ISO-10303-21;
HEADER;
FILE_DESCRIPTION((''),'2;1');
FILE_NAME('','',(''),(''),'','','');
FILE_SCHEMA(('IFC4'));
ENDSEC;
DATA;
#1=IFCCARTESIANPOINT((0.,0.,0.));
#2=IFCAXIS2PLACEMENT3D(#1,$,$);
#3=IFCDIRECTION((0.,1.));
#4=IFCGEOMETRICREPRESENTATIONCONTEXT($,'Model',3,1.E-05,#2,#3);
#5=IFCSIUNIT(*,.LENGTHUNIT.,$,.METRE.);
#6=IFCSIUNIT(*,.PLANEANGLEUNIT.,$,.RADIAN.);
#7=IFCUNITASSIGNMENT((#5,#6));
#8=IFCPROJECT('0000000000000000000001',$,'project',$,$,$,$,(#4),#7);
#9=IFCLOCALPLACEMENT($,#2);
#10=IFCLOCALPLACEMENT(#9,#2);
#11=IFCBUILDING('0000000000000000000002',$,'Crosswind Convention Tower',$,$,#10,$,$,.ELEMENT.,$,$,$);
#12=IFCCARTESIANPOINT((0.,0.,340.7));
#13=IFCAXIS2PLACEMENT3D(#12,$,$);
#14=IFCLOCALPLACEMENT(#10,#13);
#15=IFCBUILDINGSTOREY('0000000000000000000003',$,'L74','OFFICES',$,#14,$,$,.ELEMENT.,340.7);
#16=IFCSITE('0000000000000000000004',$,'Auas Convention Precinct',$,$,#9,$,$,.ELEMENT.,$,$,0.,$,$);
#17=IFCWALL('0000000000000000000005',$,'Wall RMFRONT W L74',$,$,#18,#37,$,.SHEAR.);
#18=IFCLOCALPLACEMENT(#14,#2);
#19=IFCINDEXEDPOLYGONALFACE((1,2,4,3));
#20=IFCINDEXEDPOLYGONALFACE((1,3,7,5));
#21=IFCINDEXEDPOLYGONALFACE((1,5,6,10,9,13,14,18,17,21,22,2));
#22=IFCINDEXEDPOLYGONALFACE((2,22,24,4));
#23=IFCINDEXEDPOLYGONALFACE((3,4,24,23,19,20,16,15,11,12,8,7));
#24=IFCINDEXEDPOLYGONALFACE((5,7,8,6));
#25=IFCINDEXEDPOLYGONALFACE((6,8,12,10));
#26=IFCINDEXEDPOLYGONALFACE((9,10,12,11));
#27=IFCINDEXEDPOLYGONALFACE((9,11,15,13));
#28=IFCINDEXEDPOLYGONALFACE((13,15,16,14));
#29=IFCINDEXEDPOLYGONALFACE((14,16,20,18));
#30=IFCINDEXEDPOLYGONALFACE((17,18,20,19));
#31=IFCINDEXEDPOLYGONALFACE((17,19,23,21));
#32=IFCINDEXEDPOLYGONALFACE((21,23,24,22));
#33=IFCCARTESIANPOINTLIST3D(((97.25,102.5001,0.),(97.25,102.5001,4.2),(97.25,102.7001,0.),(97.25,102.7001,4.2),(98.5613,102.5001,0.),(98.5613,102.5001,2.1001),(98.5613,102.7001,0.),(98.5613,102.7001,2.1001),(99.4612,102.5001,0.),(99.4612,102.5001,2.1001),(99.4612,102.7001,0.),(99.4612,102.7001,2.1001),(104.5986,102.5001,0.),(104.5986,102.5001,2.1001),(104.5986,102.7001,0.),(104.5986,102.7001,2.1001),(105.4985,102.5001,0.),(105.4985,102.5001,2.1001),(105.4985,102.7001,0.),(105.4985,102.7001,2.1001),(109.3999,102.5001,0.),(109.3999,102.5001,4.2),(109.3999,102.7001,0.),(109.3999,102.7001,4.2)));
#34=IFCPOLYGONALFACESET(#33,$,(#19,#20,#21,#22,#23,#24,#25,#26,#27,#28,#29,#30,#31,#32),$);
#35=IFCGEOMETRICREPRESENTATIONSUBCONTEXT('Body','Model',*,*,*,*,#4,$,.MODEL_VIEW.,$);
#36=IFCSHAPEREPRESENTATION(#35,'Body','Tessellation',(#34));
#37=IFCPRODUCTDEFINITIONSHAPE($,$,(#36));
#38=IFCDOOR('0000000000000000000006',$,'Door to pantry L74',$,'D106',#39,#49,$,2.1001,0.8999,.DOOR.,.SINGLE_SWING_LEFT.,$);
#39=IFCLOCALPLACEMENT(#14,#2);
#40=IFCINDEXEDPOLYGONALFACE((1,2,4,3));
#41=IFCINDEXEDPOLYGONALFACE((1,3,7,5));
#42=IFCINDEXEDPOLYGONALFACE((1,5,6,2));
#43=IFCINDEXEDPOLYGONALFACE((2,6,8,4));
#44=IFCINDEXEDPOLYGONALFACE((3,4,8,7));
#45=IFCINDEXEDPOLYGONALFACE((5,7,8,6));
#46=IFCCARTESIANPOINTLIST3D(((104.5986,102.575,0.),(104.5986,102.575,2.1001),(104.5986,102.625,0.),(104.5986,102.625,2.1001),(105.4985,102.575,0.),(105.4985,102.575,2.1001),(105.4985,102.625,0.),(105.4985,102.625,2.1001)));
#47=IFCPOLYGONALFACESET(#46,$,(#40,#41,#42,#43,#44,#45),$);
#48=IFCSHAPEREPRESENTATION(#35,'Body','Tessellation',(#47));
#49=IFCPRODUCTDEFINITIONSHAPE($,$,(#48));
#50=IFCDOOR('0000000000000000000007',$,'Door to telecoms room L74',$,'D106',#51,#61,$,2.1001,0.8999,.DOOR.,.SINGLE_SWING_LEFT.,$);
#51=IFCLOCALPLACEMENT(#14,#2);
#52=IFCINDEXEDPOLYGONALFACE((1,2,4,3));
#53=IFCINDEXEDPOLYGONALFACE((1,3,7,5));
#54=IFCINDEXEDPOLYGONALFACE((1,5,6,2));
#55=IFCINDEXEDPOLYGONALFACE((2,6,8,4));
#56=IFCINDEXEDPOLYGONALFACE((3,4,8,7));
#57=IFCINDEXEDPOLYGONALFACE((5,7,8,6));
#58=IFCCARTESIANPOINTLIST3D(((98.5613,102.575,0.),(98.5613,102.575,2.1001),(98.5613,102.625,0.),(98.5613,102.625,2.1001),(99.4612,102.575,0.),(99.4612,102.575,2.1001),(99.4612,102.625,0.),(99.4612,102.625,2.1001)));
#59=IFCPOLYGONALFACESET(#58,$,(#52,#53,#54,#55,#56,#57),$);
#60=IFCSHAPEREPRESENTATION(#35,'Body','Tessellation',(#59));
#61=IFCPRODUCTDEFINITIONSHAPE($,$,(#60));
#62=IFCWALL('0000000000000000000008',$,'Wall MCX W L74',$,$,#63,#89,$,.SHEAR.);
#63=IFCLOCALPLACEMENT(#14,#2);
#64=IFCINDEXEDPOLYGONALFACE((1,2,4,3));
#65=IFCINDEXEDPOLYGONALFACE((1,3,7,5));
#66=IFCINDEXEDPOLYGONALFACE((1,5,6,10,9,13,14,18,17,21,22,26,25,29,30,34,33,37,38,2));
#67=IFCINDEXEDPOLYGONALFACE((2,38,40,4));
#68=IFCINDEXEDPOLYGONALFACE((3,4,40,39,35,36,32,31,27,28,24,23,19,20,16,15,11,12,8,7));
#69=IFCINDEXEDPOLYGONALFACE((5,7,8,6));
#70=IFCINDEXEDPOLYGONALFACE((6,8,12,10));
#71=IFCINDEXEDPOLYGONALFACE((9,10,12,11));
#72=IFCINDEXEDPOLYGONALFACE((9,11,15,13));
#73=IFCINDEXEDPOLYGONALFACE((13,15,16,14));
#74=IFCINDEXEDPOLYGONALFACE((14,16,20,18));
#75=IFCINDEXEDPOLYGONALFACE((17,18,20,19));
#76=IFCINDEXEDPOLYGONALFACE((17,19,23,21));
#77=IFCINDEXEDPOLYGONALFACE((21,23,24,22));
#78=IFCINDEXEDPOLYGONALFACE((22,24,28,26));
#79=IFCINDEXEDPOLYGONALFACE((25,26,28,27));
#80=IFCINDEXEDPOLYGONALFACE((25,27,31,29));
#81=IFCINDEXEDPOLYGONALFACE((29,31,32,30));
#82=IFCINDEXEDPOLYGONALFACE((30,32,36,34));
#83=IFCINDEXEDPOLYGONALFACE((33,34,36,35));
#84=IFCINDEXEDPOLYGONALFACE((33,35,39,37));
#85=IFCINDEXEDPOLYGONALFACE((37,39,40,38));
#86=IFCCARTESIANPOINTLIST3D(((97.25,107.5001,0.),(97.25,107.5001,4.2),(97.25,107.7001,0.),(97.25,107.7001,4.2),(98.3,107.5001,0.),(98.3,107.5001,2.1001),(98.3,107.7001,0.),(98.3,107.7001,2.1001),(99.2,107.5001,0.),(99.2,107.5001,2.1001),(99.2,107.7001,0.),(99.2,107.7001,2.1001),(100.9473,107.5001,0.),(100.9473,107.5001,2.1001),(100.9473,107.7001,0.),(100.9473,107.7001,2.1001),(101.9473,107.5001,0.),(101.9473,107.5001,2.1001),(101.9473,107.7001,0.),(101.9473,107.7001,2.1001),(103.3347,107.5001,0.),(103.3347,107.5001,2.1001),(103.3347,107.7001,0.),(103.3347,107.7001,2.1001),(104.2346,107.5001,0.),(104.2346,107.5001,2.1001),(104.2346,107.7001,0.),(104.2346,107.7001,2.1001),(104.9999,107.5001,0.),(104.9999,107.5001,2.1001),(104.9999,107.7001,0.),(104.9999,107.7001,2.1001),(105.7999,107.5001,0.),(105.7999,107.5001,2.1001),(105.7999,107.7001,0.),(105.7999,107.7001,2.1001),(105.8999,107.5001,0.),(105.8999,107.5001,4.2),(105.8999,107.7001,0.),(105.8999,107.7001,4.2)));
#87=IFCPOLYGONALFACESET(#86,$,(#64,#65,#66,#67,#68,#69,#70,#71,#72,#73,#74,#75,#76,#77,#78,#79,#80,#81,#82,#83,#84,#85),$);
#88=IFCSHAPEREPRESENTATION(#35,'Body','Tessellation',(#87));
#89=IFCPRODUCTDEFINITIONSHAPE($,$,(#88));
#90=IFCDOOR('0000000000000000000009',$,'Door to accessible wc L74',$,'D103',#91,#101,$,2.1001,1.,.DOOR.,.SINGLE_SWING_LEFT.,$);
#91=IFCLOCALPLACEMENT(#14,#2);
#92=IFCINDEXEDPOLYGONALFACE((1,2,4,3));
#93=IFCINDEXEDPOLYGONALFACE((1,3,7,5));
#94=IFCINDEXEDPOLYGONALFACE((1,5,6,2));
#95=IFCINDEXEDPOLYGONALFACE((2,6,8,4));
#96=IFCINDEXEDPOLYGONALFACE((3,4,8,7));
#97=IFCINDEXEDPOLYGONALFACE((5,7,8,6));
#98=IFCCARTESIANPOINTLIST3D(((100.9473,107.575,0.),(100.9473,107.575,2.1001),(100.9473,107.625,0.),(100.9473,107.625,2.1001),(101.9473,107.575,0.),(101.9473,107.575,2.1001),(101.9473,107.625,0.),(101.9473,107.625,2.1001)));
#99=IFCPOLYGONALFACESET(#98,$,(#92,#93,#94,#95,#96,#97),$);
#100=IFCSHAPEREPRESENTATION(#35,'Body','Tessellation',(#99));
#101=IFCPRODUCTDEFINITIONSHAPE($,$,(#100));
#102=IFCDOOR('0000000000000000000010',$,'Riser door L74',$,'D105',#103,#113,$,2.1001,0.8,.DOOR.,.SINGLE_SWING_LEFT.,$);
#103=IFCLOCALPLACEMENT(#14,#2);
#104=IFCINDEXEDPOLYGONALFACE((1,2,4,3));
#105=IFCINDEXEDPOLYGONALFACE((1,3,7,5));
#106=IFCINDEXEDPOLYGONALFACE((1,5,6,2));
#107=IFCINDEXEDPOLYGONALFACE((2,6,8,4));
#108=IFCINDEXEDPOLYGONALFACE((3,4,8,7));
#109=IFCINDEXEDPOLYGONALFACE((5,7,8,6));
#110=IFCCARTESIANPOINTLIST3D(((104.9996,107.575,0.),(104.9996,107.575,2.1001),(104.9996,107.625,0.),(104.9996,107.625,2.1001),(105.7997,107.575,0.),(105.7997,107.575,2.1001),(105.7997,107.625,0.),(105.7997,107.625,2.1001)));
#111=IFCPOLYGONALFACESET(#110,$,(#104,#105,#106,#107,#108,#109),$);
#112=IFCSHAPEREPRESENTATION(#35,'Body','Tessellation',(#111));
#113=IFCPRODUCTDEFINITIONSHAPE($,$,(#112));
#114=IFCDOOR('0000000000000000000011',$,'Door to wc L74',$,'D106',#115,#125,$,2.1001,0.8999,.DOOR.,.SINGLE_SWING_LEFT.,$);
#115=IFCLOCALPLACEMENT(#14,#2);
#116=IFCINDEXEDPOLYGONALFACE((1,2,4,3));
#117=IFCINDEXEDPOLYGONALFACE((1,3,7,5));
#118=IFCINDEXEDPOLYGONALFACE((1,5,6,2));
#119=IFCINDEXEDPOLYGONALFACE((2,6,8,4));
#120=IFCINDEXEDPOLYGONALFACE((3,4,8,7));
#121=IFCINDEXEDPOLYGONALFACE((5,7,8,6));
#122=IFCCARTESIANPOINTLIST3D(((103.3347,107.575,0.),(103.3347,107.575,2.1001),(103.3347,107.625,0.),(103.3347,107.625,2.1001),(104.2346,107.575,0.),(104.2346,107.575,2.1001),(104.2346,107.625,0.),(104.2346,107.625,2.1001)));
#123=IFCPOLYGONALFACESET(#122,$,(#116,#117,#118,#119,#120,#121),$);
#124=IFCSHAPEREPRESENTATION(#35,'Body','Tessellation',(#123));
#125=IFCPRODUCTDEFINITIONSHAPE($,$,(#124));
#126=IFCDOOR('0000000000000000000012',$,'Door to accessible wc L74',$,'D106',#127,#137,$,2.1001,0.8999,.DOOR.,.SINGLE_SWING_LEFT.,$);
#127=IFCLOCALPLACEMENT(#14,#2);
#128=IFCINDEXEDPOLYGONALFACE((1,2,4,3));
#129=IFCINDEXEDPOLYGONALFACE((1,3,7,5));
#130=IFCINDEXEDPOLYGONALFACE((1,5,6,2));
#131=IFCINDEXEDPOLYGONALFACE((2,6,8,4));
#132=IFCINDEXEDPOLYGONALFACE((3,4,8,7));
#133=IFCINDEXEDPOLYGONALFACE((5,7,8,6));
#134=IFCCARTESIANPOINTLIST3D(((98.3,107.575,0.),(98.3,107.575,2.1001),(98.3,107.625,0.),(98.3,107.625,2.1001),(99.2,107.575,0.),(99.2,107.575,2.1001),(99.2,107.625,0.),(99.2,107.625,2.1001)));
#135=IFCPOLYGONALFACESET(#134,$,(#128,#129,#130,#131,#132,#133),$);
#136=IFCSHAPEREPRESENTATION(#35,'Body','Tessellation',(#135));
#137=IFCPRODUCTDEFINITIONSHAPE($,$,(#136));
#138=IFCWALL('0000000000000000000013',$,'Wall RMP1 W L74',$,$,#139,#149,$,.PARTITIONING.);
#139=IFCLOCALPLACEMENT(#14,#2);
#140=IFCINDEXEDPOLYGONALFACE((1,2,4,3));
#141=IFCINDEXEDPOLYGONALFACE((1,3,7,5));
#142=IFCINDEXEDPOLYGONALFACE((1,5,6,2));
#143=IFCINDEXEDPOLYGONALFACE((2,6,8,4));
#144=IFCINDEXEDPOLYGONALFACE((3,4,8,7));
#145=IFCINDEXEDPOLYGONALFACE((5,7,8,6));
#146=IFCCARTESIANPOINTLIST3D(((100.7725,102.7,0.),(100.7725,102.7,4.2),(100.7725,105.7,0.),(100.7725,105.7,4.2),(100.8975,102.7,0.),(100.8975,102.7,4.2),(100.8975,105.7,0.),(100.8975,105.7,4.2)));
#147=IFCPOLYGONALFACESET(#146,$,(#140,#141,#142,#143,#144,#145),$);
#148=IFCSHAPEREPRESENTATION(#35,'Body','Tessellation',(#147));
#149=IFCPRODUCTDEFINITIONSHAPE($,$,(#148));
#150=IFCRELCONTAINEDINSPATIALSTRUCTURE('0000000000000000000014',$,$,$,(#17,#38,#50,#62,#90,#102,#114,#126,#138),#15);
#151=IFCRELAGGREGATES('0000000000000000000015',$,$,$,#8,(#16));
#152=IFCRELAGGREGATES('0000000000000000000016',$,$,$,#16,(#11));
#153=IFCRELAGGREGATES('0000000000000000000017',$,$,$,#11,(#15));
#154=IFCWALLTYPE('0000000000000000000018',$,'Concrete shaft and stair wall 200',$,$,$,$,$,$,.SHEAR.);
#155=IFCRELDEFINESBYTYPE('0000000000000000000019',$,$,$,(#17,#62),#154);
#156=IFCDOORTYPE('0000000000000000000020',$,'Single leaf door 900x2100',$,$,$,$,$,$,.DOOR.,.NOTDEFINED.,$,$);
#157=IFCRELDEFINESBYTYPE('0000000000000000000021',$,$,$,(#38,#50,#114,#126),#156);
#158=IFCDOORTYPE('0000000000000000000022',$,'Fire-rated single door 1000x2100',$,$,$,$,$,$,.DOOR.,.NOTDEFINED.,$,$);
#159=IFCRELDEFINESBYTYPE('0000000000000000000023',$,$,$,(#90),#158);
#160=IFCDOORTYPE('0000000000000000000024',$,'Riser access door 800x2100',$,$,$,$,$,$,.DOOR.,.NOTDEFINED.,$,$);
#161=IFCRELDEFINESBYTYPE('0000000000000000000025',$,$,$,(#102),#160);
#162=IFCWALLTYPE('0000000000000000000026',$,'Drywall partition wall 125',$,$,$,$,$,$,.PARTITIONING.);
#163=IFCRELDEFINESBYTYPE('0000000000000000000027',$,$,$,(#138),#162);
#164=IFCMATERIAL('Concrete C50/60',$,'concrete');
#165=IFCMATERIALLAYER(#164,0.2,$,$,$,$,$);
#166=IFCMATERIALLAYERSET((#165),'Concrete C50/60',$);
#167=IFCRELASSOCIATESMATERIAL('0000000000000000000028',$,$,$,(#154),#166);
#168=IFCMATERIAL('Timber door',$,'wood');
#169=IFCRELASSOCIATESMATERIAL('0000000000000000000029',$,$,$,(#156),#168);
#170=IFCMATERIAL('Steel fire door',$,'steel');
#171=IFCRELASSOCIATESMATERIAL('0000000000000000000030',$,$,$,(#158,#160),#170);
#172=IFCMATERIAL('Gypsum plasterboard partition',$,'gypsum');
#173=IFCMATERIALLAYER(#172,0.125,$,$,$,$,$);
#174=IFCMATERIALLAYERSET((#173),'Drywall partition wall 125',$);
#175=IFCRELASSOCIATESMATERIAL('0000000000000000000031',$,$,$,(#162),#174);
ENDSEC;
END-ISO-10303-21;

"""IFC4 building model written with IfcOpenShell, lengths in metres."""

from ifc_helpers import new_model, si_unit, direction, frame, frame_2d, origin, place, context, subcontext, project, spatial, rectangle, extrude, material, layer, layer_set, type_object, element, fill, save


model = new_model("IFC4")

# Units and contexts
model_context = context("Model", 3, precision=1e-05, world=origin(), true_north=direction((0.0, 1.0)))
body_context = subcontext(model_context, "Body", "Model", "MODEL_VIEW")
ifc_project = project(units=[si_unit("LENGTHUNIT", "METRE"), si_unit("PLANEANGLEUNIT", "RADIAN")], contexts=[model_context])

# Site, building, storey
site_placement = place(None, origin())
site = spatial("IfcSite", under=ifc_project, at=site_placement, Name="Auas Convention Precinct", CompositionType="ELEMENT", RefElevation=0.0)
building_placement = place(site_placement, origin())
building = spatial("IfcBuilding", under=site, at=building_placement, Name="Crosswind Convention Tower", CompositionType="ELEMENT")
storey_placement = place(building_placement, frame((0.0, 0.0, 340.7)))
storey = spatial("IfcBuildingStorey", under=building, at=storey_placement, Name="L74", Description="OFFICES", CompositionType="ELEMENT", Elevation=340.7)

# Shared definitions
ifc_material_1 = material(Name="Concrete C50/60", Category="concrete")
ifc_layer_1 = layer(ifc_material_1, 0.2)
ifc_layer_set_1 = layer_set([ifc_layer_1], Name="Concrete C50/60")
wall_type_1 = type_object("IfcWallType", Name="Concrete shaft and stair wall 200", PredefinedType="SHEAR", material=ifc_layer_set_1)

# Walls, openings, doors
wall_1_placement = place(storey_placement, frame((109.3999, 102.6001, 0.0), z_axis=(0.0, 0.0, 1.0), x_axis=(-1.0, 0.0, 0.0)))
wall_1 = element("IfcWall", 1, at=wall_1_placement, inside=storey, type_object=wall_type_1, Name="Wall RMFRONT W L74", PredefinedType="SHEAR", context=body_context, shape_type="SweptSolid", body=[
    extrude(rectangle(XDim=12.1499, YDim=0.2, at=frame_2d((6.075, 0.0))), origin(), (0.0, 0.0, 1.0), 4.2),
])
opening_1_placement = place(wall_1_placement, frame((3.9014, 0.0, 0.0)))
opening_1 = element("IfcOpeningElement", 2, at=opening_1_placement, cuts=wall_1, PredefinedType="OPENING", context=body_context, shape_type="SweptSolid", body=[
    extrude(rectangle(XDim=0.8999, YDim=2.1001, at=frame_2d((0.45, 1.05))), frame((0.0, 0.1099, 0.0), z_axis=(0.0, -1.0, 0.0), x_axis=(1.0, 0.0, 0.0)), (0.0, 0.0, 1.0), 0.22),
])
opening_2_placement = place(wall_1_placement, frame((9.9387, 0.0, 0.0)))
opening_2 = element("IfcOpeningElement", 3, at=opening_2_placement, cuts=wall_1, PredefinedType="OPENING", context=body_context, shape_type="SweptSolid", body=[
    extrude(rectangle(XDim=0.8999, YDim=2.1001, at=frame_2d((0.45, 1.05))), frame((0.0, 0.1099, 0.0), z_axis=(0.0, -1.0, 0.0), x_axis=(1.0, 0.0, 0.0)), (0.0, 0.0, 1.0), 0.22),
])
ifc_material_2 = material(Name="Timber door", Category="wood")
door_type_1 = type_object("IfcDoorType", Name="Single leaf door 900x2100", OperationType="NOTDEFINED", PredefinedType="DOOR", material=ifc_material_2)
door_1_placement = place(opening_1_placement, frame((0.8999, 0.0, 0.0), z_axis=(0.0, 0.0, 1.0), x_axis=(-1.0, 0.0, 0.0)))
door_1 = element("IfcDoor", 4, at=door_1_placement, inside=storey, type_object=door_type_1, Name="Door to pantry L74", ObjectType="D106", OperationType="SINGLE_SWING_LEFT", OverallHeight=2.1001, OverallWidth=0.8999, PredefinedType="DOOR", context=body_context, shape_type="SweptSolid", body=[
    extrude(rectangle(XDim=0.8999, YDim=2.1001, at=frame_2d((0.45, 1.05))), frame((0.0, 0.0249, 0.0), z_axis=(0.0, -1.0, 0.0), x_axis=(1.0, 0.0, 0.0)), (0.0, 0.0, 1.0), 0.05),
])
fill(opening_1, door_1)
door_2_placement = place(opening_2_placement, frame((0.8999, 0.0, 0.0), z_axis=(0.0, 0.0, 1.0), x_axis=(-1.0, 0.0, 0.0)))
door_2 = element("IfcDoor", 5, at=door_2_placement, inside=storey, type_object=door_type_1, Name="Door to telecoms room L74", ObjectType="D106", OperationType="SINGLE_SWING_LEFT", OverallHeight=2.1001, OverallWidth=0.8999, PredefinedType="DOOR", context=body_context, shape_type="SweptSolid", body=[
    extrude(rectangle(XDim=0.8999, YDim=2.1001, at=frame_2d((0.45, 1.05))), frame((0.0, 0.0249, 0.0), z_axis=(0.0, -1.0, 0.0), x_axis=(1.0, 0.0, 0.0)), (0.0, 0.0, 1.0), 0.05),
])
fill(opening_2, door_2)
wall_2_placement = place(storey_placement, frame((105.8999, 107.6001, 0.0), z_axis=(0.0, 0.0, 1.0), x_axis=(-1.0, 0.0, 0.0)))
wall_2 = element("IfcWall", 6, at=wall_2_placement, inside=storey, type_object=wall_type_1, Name="Wall MCX W L74", PredefinedType="SHEAR", context=body_context, shape_type="SweptSolid", body=[
    extrude(rectangle(XDim=8.6499, YDim=0.2, at=frame_2d((4.325, 0.0))), origin(), (0.0, 0.0, 1.0), 4.2),
])
opening_3_placement = place(wall_2_placement, frame((0.1001, 0.0, 0.0)))
opening_3 = element("IfcOpeningElement", 7, at=opening_3_placement, cuts=wall_2, PredefinedType="OPENING", context=body_context, shape_type="SweptSolid", body=[
    extrude(rectangle(XDim=0.8, YDim=2.1001, at=frame_2d((0.3999, 1.05))), frame((0.0, 0.1099, 0.0), z_axis=(0.0, -1.0, 0.0), x_axis=(1.0, 0.0, 0.0)), (0.0, 0.0, 1.0), 0.22),
])
opening_4_placement = place(wall_2_placement, frame((1.6653, 0.0, 0.0)))
opening_4 = element("IfcOpeningElement", 8, at=opening_4_placement, cuts=wall_2, PredefinedType="OPENING", context=body_context, shape_type="SweptSolid", body=[
    extrude(rectangle(XDim=0.8999, YDim=2.1001, at=frame_2d((0.45, 1.05))), frame((0.0, 0.1099, 0.0), z_axis=(0.0, -1.0, 0.0), x_axis=(1.0, 0.0, 0.0)), (0.0, 0.0, 1.0), 0.22),
])
opening_5_placement = place(wall_2_placement, frame((3.9526, 0.0, 0.0)))
opening_5 = element("IfcOpeningElement", 9, at=opening_5_placement, cuts=wall_2, PredefinedType="OPENING", context=body_context, shape_type="SweptSolid", body=[
    extrude(rectangle(XDim=1.0, YDim=2.1001, at=frame_2d((0.5, 1.05))), frame((0.0, 0.1099, 0.0), z_axis=(0.0, -1.0, 0.0), x_axis=(1.0, 0.0, 0.0)), (0.0, 0.0, 1.0), 0.22),
])
opening_6_placement = place(wall_2_placement, frame((6.7, 0.0, 0.0)))
opening_6 = element("IfcOpeningElement", 10, at=opening_6_placement, cuts=wall_2, PredefinedType="OPENING", context=body_context, shape_type="SweptSolid", body=[
    extrude(rectangle(XDim=0.8999, YDim=2.1001, at=frame_2d((0.45, 1.05))), frame((0.0, 0.1099, 0.0), z_axis=(0.0, -1.0, 0.0), x_axis=(1.0, 0.0, 0.0)), (0.0, 0.0, 1.0), 0.22),
])
ifc_material_3 = material(Name="Steel fire door", Category="steel")
door_type_2 = type_object("IfcDoorType", Name="Fire-rated single door 1000x2100", OperationType="NOTDEFINED", PredefinedType="DOOR", material=ifc_material_3)
door_3_placement = place(opening_5_placement, frame((1.0, 0.0, 0.0), z_axis=(0.0, 0.0, 1.0), x_axis=(-1.0, 0.0, 0.0)))
door_3 = element("IfcDoor", 11, at=door_3_placement, inside=storey, type_object=door_type_2, Name="Door to accessible wc L74", ObjectType="D103", OperationType="SINGLE_SWING_LEFT", OverallHeight=2.1001, OverallWidth=1.0, PredefinedType="DOOR", context=body_context, shape_type="SweptSolid", body=[
    extrude(rectangle(XDim=1.0, YDim=2.1001, at=frame_2d((0.5, 1.05))), frame((0.0, 0.0249, 0.0), z_axis=(0.0, -1.0, 0.0), x_axis=(1.0, 0.0, 0.0)), (0.0, 0.0, 1.0), 0.05),
])
fill(opening_5, door_3)
door_type_3 = type_object("IfcDoorType", Name="Riser access door 800x2100", OperationType="NOTDEFINED", PredefinedType="DOOR", material=ifc_material_3)
door_4_placement = place(opening_3_placement, frame((0.8, 0.0, 0.0), z_axis=(0.0, 0.0, 1.0), x_axis=(-1.0, 0.0, 0.0)))
door_4 = element("IfcDoor", 12, at=door_4_placement, inside=storey, type_object=door_type_3, Name="Riser door L74", ObjectType="D105", OperationType="SINGLE_SWING_LEFT", OverallHeight=2.1001, OverallWidth=0.8, PredefinedType="DOOR", context=body_context, shape_type="SweptSolid", body=[
    extrude(rectangle(XDim=0.8, YDim=2.1001, at=frame_2d((0.3999, 1.05))), frame((0.0, 0.0249, 0.0), z_axis=(0.0, -1.0, 0.0), x_axis=(1.0, 0.0, 0.0)), (0.0, 0.0, 1.0), 0.05),
])
fill(opening_3, door_4)
door_5_placement = place(opening_4_placement, frame((0.8999, 0.0, 0.0), z_axis=(0.0, 0.0, 1.0), x_axis=(-1.0, 0.0, 0.0)))
door_5 = element("IfcDoor", 13, at=door_5_placement, inside=storey, type_object=door_type_1, Name="Door to wc L74", ObjectType="D106", OperationType="SINGLE_SWING_LEFT", OverallHeight=2.1001, OverallWidth=0.8999, PredefinedType="DOOR", context=body_context, shape_type="SweptSolid", body=[
    extrude(rectangle(XDim=0.8999, YDim=2.1001, at=frame_2d((0.45, 1.05))), frame((0.0, 0.0249, 0.0), z_axis=(0.0, -1.0, 0.0), x_axis=(1.0, 0.0, 0.0)), (0.0, 0.0, 1.0), 0.05),
])
fill(opening_4, door_5)
door_6_placement = place(opening_6_placement, frame((0.8999, 0.0, 0.0), z_axis=(0.0, 0.0, 1.0), x_axis=(-1.0, 0.0, 0.0)))
door_6 = element("IfcDoor", 14, at=door_6_placement, inside=storey, type_object=door_type_1, Name="Door to accessible wc L74", ObjectType="D106", OperationType="SINGLE_SWING_LEFT", OverallHeight=2.1001, OverallWidth=0.8999, PredefinedType="DOOR", context=body_context, shape_type="SweptSolid", body=[
    extrude(rectangle(XDim=0.8999, YDim=2.1001, at=frame_2d((0.45, 1.05))), frame((0.0, 0.0249, 0.0), z_axis=(0.0, -1.0, 0.0), x_axis=(1.0, 0.0, 0.0)), (0.0, 0.0, 1.0), 0.05),
])
fill(opening_6, door_6)

# Wall
ifc_material_4 = material(Name="Gypsum plasterboard partition", Category="gypsum")
ifc_layer_2 = layer(ifc_material_4, 0.125)
ifc_layer_set_2 = layer_set([ifc_layer_2], Name="Drywall partition wall 125")
wall_type_2 = type_object("IfcWallType", Name="Drywall partition wall 125", PredefinedType="PARTITIONING", material=ifc_layer_set_2)
wall_3_placement = place(storey_placement, frame((100.835, 105.7, 0.0), z_axis=(0.0, 0.0, 1.0), x_axis=(0.0, -1.0, 0.0)))
element("IfcWall", 15, at=wall_3_placement, inside=storey, type_object=wall_type_2, Name="Wall RMP1 W L74", PredefinedType="PARTITIONING", context=body_context, shape_type="SweptSolid", body=[
    extrude(rectangle(XDim=3.0, YDim=0.125, at=frame_2d((1.5, 0.0))), origin(), (0.0, 0.0, 1.0), 4.2),
])

save(model, "model.ifc")
